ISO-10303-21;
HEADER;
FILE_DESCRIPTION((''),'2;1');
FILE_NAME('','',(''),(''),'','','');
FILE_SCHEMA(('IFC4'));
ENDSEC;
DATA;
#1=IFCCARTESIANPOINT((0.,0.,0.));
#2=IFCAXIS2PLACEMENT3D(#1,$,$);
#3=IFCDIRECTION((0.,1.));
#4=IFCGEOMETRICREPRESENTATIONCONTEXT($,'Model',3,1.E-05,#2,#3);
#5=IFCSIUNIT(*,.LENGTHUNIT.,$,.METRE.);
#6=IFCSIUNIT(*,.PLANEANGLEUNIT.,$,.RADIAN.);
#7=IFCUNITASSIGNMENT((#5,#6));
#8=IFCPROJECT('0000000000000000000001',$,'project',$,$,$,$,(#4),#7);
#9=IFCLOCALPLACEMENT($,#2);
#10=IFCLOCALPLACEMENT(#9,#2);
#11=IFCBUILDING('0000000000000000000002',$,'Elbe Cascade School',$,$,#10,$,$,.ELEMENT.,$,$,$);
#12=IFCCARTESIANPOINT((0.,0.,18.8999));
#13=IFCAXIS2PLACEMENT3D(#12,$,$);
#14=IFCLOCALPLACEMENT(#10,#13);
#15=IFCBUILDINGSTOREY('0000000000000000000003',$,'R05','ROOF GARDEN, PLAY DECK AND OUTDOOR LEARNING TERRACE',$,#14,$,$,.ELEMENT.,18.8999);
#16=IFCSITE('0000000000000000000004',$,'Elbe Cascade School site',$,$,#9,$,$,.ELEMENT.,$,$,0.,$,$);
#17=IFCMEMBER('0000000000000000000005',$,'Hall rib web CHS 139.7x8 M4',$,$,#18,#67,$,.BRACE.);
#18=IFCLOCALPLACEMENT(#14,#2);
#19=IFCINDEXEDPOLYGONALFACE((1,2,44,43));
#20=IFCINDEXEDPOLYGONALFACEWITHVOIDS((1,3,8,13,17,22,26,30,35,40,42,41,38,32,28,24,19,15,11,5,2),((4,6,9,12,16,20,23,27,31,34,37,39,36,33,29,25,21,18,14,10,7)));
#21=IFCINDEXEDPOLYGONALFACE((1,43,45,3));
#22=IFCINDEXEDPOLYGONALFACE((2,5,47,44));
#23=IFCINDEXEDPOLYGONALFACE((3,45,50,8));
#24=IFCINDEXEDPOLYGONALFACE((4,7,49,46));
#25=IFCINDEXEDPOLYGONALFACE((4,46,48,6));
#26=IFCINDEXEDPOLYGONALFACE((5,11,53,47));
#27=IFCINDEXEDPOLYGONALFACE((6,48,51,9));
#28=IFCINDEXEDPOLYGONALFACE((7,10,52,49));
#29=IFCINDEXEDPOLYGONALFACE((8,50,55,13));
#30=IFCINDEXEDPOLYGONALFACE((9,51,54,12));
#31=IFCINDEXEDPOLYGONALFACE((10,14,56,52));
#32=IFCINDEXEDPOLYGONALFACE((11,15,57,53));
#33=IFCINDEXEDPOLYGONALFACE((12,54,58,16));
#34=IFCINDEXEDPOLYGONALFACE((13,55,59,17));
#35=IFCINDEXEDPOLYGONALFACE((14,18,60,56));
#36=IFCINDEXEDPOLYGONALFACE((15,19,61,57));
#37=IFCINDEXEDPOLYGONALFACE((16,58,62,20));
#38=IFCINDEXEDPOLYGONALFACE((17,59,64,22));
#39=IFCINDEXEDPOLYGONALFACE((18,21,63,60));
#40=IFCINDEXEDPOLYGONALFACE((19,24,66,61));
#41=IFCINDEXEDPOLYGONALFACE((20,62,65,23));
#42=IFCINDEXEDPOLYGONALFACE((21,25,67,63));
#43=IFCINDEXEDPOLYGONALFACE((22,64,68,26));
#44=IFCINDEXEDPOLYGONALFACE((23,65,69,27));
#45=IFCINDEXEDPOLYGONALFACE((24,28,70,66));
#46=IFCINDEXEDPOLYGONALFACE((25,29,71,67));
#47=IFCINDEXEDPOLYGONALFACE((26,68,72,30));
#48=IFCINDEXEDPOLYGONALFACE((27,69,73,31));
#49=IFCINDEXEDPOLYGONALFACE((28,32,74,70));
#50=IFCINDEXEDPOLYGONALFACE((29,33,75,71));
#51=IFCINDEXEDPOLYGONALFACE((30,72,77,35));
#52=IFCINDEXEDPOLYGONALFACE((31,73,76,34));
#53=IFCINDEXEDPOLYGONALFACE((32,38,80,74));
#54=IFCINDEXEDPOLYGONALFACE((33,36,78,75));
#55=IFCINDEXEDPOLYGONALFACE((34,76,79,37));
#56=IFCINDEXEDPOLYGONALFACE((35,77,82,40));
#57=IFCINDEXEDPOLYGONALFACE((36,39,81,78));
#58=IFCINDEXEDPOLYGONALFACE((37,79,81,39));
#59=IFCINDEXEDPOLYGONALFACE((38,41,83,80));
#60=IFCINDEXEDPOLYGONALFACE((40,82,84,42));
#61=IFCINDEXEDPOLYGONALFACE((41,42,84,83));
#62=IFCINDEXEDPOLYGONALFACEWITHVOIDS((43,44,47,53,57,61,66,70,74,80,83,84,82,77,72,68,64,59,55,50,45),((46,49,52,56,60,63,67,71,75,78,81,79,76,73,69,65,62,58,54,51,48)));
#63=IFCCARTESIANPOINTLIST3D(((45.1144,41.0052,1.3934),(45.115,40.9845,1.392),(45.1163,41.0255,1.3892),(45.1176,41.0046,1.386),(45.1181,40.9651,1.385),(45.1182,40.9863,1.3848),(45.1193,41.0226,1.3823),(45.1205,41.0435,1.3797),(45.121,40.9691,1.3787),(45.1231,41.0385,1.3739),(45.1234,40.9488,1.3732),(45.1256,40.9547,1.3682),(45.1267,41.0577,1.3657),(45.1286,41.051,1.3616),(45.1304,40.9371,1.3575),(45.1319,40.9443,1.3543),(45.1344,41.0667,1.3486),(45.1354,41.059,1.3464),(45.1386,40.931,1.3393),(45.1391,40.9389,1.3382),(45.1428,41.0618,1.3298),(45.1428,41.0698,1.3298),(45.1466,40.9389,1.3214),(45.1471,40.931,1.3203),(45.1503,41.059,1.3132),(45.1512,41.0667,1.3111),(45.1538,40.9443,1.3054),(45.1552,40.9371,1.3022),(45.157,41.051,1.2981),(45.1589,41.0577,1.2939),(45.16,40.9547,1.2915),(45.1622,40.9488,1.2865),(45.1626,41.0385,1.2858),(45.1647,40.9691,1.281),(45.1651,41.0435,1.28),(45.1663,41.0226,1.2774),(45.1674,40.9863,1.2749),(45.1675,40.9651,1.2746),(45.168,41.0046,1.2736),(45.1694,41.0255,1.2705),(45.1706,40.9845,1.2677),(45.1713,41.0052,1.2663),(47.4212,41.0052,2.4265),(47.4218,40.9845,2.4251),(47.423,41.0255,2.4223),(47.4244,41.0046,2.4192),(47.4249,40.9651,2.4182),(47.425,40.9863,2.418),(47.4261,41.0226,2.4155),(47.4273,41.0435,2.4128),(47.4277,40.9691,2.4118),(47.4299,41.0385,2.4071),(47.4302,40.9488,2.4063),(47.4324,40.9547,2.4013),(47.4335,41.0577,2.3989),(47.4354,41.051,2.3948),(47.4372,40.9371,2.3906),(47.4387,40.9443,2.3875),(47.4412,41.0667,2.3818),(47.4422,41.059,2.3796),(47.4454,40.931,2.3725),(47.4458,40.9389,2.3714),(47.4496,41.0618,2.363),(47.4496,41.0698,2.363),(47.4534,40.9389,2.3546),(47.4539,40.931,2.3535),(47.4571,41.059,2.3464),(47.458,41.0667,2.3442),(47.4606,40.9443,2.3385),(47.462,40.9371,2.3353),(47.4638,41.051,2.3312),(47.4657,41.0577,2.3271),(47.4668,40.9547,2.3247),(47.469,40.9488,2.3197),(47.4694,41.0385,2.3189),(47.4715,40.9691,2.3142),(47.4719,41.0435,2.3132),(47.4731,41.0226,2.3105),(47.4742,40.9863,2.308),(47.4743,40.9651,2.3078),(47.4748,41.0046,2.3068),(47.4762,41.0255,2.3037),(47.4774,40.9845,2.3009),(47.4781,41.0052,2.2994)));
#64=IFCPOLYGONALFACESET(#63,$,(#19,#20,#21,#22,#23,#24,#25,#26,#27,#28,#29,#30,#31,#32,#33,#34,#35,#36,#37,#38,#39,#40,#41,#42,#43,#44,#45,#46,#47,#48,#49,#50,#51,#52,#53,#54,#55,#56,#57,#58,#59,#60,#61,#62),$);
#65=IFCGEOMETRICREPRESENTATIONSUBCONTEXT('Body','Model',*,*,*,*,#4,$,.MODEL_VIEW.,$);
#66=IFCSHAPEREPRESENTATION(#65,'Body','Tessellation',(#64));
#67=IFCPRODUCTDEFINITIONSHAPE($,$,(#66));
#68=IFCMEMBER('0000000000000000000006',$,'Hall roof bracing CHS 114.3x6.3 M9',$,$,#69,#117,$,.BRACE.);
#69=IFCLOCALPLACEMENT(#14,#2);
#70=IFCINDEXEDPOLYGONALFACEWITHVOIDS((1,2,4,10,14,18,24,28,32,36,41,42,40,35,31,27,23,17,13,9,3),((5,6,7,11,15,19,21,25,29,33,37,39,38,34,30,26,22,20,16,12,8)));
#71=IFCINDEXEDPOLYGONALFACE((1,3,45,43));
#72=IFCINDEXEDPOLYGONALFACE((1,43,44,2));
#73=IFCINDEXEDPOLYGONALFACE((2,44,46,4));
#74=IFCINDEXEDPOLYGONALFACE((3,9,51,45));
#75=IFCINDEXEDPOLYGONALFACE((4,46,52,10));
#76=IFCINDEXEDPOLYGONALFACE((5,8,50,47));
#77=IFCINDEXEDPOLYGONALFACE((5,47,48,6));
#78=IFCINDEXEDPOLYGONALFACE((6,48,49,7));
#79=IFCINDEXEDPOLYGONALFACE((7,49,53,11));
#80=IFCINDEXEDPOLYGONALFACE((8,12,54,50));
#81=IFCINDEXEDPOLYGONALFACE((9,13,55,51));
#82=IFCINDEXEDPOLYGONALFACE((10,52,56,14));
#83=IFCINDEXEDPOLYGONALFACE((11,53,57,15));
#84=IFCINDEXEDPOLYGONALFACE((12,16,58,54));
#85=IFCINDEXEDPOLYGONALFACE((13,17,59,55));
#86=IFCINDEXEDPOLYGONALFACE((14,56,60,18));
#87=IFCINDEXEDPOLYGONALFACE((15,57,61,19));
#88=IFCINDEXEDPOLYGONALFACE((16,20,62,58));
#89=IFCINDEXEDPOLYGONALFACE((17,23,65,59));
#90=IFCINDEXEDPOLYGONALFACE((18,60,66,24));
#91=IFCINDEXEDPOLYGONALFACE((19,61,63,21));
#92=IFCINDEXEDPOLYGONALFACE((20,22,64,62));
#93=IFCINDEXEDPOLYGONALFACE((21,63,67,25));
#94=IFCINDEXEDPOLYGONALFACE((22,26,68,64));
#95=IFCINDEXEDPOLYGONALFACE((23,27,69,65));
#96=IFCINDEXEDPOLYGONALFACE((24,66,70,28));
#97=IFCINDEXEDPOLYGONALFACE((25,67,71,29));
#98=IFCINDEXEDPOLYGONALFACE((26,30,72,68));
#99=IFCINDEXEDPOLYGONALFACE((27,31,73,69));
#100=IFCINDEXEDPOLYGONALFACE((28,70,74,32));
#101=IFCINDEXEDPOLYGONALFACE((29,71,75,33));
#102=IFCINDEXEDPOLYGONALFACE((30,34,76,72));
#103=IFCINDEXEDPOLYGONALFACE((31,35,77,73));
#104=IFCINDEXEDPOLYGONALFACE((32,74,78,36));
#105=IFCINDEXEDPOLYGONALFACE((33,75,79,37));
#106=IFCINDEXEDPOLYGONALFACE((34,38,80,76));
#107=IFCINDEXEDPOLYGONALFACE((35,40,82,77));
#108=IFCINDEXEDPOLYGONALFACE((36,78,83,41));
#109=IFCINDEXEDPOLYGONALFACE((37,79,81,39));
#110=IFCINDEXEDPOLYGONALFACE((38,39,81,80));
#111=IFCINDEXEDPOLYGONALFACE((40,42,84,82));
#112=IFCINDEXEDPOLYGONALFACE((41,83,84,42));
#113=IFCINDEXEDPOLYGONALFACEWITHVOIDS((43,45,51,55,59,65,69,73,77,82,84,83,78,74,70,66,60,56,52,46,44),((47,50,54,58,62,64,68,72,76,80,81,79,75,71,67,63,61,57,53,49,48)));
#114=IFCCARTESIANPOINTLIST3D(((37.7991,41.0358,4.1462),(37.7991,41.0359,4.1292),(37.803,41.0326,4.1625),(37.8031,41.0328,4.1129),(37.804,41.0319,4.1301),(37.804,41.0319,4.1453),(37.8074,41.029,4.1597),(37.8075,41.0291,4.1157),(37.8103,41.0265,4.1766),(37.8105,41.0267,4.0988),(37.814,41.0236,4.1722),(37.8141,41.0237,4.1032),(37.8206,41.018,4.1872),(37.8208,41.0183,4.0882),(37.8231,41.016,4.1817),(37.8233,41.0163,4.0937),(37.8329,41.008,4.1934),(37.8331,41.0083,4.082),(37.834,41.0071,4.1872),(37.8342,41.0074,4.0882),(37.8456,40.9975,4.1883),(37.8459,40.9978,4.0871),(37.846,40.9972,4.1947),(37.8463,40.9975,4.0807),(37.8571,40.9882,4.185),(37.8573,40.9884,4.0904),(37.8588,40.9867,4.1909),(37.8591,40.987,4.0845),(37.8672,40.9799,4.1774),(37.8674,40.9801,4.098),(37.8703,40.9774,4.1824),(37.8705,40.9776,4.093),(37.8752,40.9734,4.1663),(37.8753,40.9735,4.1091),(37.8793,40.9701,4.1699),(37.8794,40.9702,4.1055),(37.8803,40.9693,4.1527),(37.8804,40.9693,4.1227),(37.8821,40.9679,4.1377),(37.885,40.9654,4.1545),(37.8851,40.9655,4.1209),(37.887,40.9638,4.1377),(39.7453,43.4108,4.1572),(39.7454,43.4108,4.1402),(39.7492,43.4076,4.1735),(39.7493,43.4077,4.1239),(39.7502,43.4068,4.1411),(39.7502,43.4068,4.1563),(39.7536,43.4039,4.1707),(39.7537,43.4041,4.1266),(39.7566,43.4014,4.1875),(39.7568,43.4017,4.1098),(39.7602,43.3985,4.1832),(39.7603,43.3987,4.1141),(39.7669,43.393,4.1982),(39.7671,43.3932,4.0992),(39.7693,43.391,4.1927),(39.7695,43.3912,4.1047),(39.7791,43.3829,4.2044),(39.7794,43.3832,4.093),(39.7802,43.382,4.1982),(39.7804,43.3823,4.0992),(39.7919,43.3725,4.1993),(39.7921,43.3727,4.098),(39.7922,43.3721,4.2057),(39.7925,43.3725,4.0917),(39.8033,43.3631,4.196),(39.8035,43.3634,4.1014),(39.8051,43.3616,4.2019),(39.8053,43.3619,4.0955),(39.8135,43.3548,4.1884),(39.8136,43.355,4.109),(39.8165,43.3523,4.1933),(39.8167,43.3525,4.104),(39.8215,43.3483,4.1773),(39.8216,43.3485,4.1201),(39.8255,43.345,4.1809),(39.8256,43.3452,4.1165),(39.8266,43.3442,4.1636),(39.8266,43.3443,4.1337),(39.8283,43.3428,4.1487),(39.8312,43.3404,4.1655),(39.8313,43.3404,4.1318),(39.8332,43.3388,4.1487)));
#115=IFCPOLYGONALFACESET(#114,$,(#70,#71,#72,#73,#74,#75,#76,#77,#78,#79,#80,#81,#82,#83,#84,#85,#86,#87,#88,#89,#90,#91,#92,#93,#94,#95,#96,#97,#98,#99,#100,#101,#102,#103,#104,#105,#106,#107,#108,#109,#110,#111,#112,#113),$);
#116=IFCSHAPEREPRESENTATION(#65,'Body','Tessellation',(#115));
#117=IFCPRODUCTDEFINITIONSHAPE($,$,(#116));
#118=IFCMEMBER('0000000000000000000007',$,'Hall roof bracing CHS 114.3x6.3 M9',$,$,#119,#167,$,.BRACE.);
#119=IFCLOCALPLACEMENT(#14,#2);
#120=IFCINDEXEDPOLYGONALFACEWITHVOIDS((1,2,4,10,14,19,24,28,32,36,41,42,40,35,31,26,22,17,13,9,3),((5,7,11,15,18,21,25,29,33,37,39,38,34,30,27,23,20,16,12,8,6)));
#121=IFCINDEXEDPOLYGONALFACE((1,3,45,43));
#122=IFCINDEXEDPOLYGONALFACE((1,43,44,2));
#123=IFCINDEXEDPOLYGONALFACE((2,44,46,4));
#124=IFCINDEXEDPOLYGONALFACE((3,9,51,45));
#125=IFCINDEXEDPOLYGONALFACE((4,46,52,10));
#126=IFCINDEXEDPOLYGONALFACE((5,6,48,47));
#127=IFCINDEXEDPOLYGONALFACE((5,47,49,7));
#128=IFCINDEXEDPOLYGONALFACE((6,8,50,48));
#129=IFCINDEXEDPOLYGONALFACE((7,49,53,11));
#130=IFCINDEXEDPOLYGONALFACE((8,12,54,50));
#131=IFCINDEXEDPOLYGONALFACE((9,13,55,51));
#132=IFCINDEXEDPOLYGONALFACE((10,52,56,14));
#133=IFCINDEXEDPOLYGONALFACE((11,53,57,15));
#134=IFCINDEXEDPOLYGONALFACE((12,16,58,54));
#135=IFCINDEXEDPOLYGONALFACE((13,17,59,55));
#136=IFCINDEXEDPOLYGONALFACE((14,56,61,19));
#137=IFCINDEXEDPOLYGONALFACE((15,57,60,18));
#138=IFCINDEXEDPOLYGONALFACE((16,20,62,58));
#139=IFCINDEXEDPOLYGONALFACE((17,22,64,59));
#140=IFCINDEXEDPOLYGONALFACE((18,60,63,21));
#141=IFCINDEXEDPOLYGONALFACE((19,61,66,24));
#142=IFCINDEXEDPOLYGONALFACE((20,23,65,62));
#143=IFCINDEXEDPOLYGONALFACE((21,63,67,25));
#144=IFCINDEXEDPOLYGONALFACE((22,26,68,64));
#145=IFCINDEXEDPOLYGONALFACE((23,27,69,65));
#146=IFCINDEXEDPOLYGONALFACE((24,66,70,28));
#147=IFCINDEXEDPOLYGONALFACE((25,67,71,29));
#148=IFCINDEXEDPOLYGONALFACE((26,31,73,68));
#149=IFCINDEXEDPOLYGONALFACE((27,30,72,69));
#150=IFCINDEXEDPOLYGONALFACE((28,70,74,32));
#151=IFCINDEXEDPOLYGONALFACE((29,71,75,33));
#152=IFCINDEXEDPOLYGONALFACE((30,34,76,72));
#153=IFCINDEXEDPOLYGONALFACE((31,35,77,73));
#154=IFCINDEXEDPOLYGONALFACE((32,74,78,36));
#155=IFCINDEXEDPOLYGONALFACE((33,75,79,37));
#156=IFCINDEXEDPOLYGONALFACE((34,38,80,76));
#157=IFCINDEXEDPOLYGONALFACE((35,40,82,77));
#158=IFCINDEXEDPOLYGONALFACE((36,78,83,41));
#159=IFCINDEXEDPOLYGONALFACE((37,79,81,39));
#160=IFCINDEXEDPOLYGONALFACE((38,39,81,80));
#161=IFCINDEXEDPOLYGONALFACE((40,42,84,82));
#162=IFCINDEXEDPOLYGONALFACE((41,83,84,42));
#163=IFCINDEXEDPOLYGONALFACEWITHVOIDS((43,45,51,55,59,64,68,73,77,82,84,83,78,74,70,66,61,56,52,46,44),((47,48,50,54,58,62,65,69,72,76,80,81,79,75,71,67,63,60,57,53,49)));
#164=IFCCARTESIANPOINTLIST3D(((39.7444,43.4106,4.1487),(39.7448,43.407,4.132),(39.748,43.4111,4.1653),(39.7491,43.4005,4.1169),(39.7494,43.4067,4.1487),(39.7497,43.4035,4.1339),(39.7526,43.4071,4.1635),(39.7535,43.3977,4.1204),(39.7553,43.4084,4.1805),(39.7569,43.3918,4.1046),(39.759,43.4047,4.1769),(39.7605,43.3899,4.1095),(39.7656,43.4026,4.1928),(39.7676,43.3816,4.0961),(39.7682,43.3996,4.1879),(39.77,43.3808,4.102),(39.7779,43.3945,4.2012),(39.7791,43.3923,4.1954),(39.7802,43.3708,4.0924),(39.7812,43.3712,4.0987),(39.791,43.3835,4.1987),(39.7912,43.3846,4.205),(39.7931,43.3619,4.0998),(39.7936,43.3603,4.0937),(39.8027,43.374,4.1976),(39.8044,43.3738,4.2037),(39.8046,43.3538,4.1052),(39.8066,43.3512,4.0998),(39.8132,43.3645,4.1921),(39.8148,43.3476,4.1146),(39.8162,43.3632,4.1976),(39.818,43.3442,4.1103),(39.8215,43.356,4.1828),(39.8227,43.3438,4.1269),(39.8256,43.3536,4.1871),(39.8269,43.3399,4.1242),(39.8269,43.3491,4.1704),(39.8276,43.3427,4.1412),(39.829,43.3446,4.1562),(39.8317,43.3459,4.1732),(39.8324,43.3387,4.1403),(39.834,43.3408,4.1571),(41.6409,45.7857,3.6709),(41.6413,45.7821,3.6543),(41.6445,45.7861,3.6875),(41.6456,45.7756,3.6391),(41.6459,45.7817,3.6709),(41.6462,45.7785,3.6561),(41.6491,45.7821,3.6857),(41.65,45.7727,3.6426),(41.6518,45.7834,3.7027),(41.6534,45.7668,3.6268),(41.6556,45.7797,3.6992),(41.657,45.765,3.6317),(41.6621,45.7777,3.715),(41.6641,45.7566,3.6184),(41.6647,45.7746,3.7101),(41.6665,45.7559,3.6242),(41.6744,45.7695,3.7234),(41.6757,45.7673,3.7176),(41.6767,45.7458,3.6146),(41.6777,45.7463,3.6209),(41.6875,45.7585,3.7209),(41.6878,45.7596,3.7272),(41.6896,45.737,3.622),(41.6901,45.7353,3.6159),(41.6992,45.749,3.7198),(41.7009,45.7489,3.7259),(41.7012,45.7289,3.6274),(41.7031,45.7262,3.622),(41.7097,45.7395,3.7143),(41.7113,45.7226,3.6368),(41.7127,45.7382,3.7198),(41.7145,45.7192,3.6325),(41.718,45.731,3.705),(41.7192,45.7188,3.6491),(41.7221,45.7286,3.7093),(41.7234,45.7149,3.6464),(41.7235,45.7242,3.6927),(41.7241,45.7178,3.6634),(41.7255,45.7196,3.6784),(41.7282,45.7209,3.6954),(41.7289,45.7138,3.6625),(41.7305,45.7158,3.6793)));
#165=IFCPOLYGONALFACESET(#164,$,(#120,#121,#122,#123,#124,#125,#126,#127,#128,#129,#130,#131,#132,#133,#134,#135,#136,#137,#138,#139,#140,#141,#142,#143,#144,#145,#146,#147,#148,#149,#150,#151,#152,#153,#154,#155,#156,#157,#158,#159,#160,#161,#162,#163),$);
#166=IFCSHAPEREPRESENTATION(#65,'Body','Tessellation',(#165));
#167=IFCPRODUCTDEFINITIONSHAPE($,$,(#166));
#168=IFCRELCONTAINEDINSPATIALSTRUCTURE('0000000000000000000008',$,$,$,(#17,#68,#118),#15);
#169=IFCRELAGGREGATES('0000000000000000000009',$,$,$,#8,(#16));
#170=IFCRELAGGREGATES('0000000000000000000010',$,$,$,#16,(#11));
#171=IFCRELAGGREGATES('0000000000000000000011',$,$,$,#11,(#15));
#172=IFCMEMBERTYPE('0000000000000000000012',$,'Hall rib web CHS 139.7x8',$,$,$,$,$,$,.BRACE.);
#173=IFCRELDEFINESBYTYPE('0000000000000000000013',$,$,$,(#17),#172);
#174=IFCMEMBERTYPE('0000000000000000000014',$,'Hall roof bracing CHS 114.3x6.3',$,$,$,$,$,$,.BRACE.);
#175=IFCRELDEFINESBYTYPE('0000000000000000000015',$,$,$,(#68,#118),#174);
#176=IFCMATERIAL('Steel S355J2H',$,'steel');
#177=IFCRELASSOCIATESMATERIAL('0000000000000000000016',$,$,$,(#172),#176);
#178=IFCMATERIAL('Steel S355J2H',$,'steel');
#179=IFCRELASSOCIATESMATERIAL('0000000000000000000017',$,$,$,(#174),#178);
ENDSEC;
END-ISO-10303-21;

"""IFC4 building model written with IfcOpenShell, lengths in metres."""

from ifc_helpers import new_model, si_unit, direction, frame, origin, origin_2d, place, context, subcontext, project, spatial, hollow_circle, extrude, material, material_profile, profile_set, type_object, element, save


model = new_model("IFC4")

# Units and contexts
model_context = context("Model", 3, precision=1e-05, world=origin(), true_north=direction((0.0, 1.0)))
body_context = subcontext(model_context, "Body", "Model", "MODEL_VIEW")
ifc_project = project(units=[si_unit("LENGTHUNIT", "METRE"), si_unit("PLANEANGLEUNIT", "RADIAN")], contexts=[model_context])

# Site, building, storey
site_placement = place(None, origin())
site = spatial("IfcSite", under=ifc_project, at=site_placement, Name="Elbe Cascade School site", CompositionType="ELEMENT", RefElevation=0.0)
building_placement = place(site_placement, origin())
building = spatial("IfcBuilding", under=site, at=building_placement, Name="Elbe Cascade School", CompositionType="ELEMENT")
storey_placement = place(building_placement, frame((0.0, 0.0, 18.8999)))
storey = spatial("IfcBuildingStorey", under=building, at=storey_placement, Name="R05", Description="ROOF GARDEN, PLAY DECK AND OUTDOOR LEARNING TERRACE", CompositionType="ELEMENT", Elevation=18.8999)

# Members
ifc_material_1 = material(Name="Steel S355J2H", Category="steel")
ifc_material_profile_1 = material_profile(ifc_material_1, hollow_circle(Radius=0.0698, WallThickness=0.0081, at=origin_2d()), Name="CHS 139.7x8")
ifc_profile_set_1 = profile_set([ifc_material_profile_1], Name="Steel S355J2H")
member_type_1 = type_object("IfcMemberType", Name="Hall rib web CHS 139.7x8", PredefinedType="BRACE", material=ifc_profile_set_1)
member_1_placement = place(storey_placement, frame((45.1428, 41.0, 1.3298), z_axis=(0.912645, 0.0, 0.408754), x_axis=(0.0, 1.0, 0.0)))
element("IfcMember", 1, at=member_1_placement, inside=storey, type_object=member_type_1, Name="Hall rib web CHS 139.7x8 M4", PredefinedType="BRACE", context=body_context, shape_type="SweptSolid", body=[
    extrude(hollow_circle(Radius=0.0698, WallThickness=0.0081, at=origin_2d()), origin(), (0.0, 0.0, 1.0), 2.5276),
])
ifc_material_2 = material(Name="Steel S355J2H", Category="steel")
ifc_material_profile_2 = material_profile(ifc_material_2, hollow_circle(Radius=0.0571, WallThickness=0.0063, at=origin_2d()), Name="CHS 114.3x6.3")
ifc_profile_set_2 = profile_set([ifc_material_profile_2], Name="Steel S355J2H")
member_type_2 = type_object("IfcMemberType", Name="Hall roof bracing CHS 114.3x6.3", PredefinedType="BRACE", material=ifc_profile_set_2)
member_2_placement = place(storey_placement, frame((39.7891, 43.375, 4.1487), z_axis=(-0.63384, -0.773456, -0.003578), x_axis=(0.773461, -0.633844, 0.0)))
element("IfcMember", 2, at=member_2_placement, inside=storey, type_object=member_type_2, Name="Hall roof bracing CHS 114.3x6.3 M9", PredefinedType="BRACE", context=body_context, shape_type="SweptSolid", body=[
    extrude(hollow_circle(Radius=0.0571, WallThickness=0.0063, at=origin_2d()), origin(), (0.0, 0.0, 1.0), 3.0706),
])
member_3_placement = place(storey_placement, frame((39.7891, 43.375, 4.1487), z_axis=(0.616419, 0.771952, -0.155295), x_axis=(-0.781433, 0.623989, 0.0)))
element("IfcMember", 3, at=member_3_placement, inside=storey, type_object=member_type_2, Name="Hall roof bracing CHS 114.3x6.3 M9", PredefinedType="BRACE", context=body_context, shape_type="SweptSolid", body=[
    extrude(hollow_circle(Radius=0.0571, WallThickness=0.0063, at=origin_2d()), origin(), (0.0, 0.0, 1.0), 3.0767),
])

save(model, "model.ifc")
